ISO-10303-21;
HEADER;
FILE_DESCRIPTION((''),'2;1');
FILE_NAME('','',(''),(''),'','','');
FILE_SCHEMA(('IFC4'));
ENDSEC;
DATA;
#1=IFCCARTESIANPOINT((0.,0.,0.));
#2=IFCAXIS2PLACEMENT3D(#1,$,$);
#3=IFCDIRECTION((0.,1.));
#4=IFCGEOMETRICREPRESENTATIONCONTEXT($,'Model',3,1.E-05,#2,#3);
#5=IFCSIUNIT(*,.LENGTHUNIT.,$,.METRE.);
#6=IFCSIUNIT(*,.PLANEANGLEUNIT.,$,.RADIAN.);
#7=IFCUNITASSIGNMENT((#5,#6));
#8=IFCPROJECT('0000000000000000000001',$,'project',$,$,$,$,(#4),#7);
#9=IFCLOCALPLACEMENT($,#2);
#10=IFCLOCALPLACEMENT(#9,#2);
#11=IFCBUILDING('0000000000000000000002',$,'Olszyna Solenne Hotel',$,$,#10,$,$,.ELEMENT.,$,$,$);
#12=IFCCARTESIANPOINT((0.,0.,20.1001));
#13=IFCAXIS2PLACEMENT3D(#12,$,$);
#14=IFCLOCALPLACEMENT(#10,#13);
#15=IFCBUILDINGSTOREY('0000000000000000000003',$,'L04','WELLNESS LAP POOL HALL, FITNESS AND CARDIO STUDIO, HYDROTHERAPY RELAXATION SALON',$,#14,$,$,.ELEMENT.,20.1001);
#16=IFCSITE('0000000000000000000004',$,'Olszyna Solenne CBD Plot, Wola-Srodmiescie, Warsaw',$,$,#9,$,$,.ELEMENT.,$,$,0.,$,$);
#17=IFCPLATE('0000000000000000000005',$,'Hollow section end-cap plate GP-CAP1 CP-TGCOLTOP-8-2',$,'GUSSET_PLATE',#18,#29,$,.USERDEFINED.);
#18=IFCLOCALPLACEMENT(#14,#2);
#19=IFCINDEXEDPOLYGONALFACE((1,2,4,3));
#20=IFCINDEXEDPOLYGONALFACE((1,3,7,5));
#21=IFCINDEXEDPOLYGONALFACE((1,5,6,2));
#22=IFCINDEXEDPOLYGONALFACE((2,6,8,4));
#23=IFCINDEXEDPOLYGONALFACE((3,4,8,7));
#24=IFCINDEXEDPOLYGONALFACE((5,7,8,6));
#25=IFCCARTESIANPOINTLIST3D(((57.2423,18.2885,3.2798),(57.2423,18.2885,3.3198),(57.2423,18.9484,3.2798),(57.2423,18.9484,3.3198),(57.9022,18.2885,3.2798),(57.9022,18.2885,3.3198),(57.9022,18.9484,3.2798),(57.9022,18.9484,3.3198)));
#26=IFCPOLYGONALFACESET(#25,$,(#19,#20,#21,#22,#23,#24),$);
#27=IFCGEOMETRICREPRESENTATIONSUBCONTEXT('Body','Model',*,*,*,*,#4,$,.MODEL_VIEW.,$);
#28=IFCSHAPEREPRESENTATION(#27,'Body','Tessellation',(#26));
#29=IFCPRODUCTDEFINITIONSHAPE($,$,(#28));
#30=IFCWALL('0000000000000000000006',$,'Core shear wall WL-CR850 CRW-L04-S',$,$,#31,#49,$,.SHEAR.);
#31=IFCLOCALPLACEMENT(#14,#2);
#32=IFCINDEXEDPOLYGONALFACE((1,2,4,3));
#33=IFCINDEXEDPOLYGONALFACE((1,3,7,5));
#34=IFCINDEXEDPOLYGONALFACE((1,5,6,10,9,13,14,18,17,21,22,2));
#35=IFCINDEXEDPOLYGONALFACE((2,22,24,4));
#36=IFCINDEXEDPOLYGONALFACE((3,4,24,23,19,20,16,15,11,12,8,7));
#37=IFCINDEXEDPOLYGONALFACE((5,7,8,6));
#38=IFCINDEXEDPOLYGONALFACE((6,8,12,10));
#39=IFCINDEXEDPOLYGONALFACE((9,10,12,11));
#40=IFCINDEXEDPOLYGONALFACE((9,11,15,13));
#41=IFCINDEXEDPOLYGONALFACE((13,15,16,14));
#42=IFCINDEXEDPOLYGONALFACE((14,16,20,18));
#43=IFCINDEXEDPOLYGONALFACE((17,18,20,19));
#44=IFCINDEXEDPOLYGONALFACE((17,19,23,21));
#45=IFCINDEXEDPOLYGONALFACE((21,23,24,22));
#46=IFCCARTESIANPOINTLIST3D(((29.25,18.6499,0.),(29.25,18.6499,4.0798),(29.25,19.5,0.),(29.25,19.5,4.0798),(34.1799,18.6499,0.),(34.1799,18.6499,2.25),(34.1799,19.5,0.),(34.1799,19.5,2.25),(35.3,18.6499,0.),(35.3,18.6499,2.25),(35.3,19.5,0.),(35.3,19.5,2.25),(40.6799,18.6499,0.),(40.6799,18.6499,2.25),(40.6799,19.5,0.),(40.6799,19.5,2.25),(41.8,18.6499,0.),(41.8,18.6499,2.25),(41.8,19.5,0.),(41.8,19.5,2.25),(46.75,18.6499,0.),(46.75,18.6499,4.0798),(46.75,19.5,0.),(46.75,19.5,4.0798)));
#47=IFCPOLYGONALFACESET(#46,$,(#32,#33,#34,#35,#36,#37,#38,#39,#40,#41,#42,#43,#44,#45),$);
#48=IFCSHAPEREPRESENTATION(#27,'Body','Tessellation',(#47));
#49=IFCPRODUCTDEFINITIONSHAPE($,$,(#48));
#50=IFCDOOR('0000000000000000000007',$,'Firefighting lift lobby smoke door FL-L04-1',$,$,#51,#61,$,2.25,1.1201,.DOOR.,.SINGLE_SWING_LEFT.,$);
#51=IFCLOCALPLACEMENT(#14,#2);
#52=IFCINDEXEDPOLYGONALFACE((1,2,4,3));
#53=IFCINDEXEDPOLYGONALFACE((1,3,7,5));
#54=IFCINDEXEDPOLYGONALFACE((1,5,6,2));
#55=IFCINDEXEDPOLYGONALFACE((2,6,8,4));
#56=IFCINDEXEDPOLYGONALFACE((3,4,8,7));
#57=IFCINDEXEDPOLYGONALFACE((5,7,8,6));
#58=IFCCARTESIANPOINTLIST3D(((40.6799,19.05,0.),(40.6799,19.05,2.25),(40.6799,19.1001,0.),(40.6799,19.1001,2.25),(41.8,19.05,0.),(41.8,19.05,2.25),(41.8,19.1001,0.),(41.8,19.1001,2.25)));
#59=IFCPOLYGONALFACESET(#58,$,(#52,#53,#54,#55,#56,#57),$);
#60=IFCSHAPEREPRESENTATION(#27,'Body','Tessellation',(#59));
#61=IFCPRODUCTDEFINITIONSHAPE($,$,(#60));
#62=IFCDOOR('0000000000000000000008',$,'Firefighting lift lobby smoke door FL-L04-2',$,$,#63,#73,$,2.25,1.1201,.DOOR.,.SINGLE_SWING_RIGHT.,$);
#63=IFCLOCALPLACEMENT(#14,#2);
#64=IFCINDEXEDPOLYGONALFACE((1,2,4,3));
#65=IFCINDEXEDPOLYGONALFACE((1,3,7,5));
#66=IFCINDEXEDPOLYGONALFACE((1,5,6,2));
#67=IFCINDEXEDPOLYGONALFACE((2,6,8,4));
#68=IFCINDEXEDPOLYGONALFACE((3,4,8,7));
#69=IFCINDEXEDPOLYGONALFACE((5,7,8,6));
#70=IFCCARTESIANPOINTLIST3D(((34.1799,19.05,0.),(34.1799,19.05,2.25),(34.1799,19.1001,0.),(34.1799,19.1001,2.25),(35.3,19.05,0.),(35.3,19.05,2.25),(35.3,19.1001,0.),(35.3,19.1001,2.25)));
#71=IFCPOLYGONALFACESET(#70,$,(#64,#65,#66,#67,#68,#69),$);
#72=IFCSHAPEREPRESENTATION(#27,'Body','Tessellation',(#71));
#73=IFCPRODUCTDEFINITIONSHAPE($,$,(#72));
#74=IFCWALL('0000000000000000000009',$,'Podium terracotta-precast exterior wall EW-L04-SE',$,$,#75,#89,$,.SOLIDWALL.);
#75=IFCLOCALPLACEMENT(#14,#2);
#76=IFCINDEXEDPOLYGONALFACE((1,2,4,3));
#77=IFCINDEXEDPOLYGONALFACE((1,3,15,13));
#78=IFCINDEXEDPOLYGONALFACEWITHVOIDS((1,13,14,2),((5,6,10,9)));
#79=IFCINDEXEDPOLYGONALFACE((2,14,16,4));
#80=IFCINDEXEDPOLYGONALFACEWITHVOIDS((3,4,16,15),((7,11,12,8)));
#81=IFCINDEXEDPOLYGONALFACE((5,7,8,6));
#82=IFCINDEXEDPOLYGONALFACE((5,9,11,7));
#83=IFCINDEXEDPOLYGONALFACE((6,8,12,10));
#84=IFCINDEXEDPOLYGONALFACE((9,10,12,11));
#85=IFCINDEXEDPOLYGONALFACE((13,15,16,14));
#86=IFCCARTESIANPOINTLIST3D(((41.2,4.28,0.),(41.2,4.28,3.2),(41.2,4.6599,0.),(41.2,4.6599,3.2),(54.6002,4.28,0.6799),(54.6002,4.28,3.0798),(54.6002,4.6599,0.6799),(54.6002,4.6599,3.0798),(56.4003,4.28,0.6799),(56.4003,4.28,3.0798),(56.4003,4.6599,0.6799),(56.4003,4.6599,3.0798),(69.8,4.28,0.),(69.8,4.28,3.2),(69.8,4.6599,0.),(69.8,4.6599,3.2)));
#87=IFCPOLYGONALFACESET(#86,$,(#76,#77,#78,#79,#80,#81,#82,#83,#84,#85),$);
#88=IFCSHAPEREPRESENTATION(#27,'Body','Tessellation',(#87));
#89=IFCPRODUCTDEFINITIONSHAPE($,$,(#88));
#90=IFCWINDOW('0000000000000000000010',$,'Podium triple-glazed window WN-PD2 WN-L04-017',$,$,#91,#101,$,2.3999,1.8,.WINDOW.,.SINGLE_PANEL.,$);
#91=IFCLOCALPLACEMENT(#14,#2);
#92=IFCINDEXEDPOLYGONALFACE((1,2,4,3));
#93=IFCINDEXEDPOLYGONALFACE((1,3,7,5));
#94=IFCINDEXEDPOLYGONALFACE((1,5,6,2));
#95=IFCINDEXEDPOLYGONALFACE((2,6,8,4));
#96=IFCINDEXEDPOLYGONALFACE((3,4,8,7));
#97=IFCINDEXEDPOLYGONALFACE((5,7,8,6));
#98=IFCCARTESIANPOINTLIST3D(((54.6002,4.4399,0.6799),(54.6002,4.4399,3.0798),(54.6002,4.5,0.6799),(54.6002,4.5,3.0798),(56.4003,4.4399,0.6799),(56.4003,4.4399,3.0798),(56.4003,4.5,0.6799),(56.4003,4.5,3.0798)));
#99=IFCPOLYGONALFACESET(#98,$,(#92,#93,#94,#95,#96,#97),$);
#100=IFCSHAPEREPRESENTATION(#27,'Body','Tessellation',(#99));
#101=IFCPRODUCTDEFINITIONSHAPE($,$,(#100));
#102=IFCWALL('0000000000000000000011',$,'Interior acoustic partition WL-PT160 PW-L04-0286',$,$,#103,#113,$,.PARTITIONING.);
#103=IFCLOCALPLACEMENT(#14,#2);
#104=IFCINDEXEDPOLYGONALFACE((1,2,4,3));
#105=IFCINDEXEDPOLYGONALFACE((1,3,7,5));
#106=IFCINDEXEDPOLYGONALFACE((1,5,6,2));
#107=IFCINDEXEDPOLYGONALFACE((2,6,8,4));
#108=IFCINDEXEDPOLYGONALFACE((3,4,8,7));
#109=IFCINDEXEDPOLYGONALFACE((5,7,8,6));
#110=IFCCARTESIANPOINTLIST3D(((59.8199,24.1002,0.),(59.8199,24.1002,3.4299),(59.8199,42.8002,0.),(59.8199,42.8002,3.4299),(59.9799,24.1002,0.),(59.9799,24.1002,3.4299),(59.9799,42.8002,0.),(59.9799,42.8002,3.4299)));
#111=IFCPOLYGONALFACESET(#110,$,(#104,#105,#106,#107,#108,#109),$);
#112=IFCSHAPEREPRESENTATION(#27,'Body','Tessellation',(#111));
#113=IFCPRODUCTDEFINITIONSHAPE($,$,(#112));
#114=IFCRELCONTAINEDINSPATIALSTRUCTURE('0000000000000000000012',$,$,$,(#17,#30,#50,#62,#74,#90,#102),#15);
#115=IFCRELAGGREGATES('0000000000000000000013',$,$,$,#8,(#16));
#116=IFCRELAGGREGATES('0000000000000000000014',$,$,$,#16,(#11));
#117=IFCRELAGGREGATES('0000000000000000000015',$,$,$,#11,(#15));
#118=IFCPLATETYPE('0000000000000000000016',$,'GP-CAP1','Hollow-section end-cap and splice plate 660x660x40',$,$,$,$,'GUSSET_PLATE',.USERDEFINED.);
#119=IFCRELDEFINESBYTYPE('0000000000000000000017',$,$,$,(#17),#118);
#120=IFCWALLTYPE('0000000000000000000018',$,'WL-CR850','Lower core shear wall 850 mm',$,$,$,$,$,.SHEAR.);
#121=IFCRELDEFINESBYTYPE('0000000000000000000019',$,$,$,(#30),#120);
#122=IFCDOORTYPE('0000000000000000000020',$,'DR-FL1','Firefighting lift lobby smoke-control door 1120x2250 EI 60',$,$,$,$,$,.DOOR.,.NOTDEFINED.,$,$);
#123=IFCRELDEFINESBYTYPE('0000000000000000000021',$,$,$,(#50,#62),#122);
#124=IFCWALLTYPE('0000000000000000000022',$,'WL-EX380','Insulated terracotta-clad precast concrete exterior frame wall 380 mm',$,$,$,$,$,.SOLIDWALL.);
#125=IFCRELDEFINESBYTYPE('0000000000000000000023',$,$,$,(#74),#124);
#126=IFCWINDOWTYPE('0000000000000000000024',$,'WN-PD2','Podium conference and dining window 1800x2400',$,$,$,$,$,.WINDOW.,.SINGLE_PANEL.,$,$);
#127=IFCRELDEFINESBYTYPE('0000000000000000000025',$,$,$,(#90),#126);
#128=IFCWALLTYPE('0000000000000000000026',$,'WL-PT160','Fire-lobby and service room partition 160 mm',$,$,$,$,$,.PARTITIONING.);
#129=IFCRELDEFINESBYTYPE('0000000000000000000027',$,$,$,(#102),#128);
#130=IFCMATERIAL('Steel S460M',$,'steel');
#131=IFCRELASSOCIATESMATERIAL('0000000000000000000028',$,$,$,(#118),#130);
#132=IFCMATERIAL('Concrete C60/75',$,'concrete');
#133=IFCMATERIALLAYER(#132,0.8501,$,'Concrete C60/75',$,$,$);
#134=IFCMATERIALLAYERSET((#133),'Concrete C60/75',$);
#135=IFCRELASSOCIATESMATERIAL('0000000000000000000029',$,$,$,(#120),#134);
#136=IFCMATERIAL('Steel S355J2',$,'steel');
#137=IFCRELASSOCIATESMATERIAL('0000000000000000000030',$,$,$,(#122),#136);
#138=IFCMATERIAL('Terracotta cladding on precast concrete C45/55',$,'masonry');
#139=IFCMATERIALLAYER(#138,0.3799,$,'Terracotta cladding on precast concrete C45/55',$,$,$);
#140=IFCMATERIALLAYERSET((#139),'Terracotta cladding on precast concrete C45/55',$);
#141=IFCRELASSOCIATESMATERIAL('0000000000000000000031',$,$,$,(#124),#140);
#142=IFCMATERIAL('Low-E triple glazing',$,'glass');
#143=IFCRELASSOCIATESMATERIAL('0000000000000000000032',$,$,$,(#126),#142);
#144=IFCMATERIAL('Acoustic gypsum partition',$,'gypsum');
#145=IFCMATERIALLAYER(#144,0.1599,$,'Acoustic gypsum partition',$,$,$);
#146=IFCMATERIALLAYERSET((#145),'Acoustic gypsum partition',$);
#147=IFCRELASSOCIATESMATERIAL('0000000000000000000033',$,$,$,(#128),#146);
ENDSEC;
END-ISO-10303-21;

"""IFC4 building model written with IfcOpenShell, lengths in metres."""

from ifc_helpers import new_model, si_unit, direction, frame, frame_2d, origin, origin_2d, place, context, subcontext, project, spatial, rectangle, extrude, source, transform, mapped, material, layer, layer_set, type_object, type_shapes, element, fill, save


model = new_model("IFC4")

# Units and contexts
model_context = context("Model", 3, precision=1e-05, world=origin(), true_north=direction((0.0, 1.0)))
body_context = subcontext(model_context, "Body", "Model", "MODEL_VIEW")
ifc_project = project(units=[si_unit("LENGTHUNIT", "METRE"), si_unit("PLANEANGLEUNIT", "RADIAN")], contexts=[model_context])

# Site, building, storey
site_placement = place(None, origin())
site = spatial("IfcSite", under=ifc_project, at=site_placement, Name="Olszyna Solenne CBD Plot, Wola-Srodmiescie, Warsaw", CompositionType="ELEMENT", RefElevation=0.0)
building_placement = place(site_placement, origin())
building = spatial("IfcBuilding", under=site, at=building_placement, Name="Olszyna Solenne Hotel", CompositionType="ELEMENT")
storey_placement = place(building_placement, frame((0.0, 0.0, 20.1001)))
storey = spatial("IfcBuildingStorey", under=building, at=storey_placement, Name="L04", Description="WELLNESS LAP POOL HALL, FITNESS AND CARDIO STUDIO, HYDROTHERAPY RELAXATION SALON", CompositionType="ELEMENT", Elevation=20.1001)

# Shared definitions
ifc_material_1 = material(Name="Concrete C60/75", Category="concrete")
ifc_material_2 = material(Name="Steel S460M", Category="steel")

# Shared definitions
ifc_material_3 = material(Name="Steel S355J2", Category="steel")

# Plate
plate_type = type_object("IfcPlateType", Name="GP-CAP1", Description="Hollow-section end-cap and splice plate 660x660x40", ElementType="GUSSET_PLATE", PredefinedType="USERDEFINED", material=ifc_material_2)
shared_shape_1 = source(origin(), body_context, "Body", "SweptSolid", [
    extrude(rectangle(XDim=0.6599, YDim=0.6599, at=origin_2d()), origin(), (0.0, 0.0, 1.0), 0.04),
])
for number, where, z_axis, x_axis, name in (
    (1, (57.5723, 18.6184, 3.2798), (0.0, 0.0, 1.0), (1.0, 0.0, 0.0), "Hollow section end-cap plate GP-CAP1 CP-TGCOLTOP-8-2"),
):
    element("IfcPlate", number, at=place(storey_placement, frame(where, z_axis=z_axis, x_axis=x_axis)), inside=storey, type_object=plate_type, Name=name, ObjectType="GUSSET_PLATE", PredefinedType="USERDEFINED", context=body_context, shape_type="MappedRepresentation", body=[
        mapped(shared_shape_1, transform((0.0, 0.0, 0.0), x_axis=(1.0, 0.0, 0.0), y_axis=(0.0, 1.0, 0.0), z_axis=(0.0, 0.0, 1.0), scale=1.0)),
    ])

# Wall, openings, doors
ifc_layer_1 = layer(ifc_material_1, 0.8501, Name="Concrete C60/75")
ifc_layer_set_1 = layer_set([ifc_layer_1], Name="Concrete C60/75")
wall_type_1 = type_object("IfcWallType", Name="WL-CR850", Description="Lower core shear wall 850 mm", PredefinedType="SHEAR", material=ifc_layer_set_1)
wall_1_placement = place(storey_placement, frame((46.75, 19.075, 0.0), z_axis=(0.0, 0.0, 1.0), x_axis=(-1.0, 0.0, 0.0)))
wall_1 = element("IfcWall", 2, at=wall_1_placement, inside=storey, type_object=wall_type_1, Name="Core shear wall WL-CR850 CRW-L04-S", PredefinedType="SHEAR", context=body_context, shape_type="SweptSolid", body=[
    extrude(rectangle(XDim=17.5, YDim=0.8501, at=frame_2d((8.75, 0.0))), origin(), (0.0, 0.0, 1.0), 4.0798),
])
opening_1_placement = place(wall_1_placement, frame((4.95, 0.0, 0.0)))
opening_1 = element("IfcOpeningElement", 3, at=opening_1_placement, cuts=wall_1, PredefinedType="OPENING", context=body_context, shape_type="SweptSolid", body=[
    extrude(rectangle(XDim=1.1201, YDim=2.25, at=frame_2d((0.5601, 1.125))), frame((0.0, 0.4351, 0.0), z_axis=(0.0, -1.0, 0.0), x_axis=(1.0, 0.0, 0.0)), (0.0, 0.0, 1.0), 0.8701),
])
opening_2_placement = place(wall_1_placement, frame((11.45, 0.0, 0.0)))
opening_2 = element("IfcOpeningElement", 4, at=opening_2_placement, cuts=wall_1, PredefinedType="OPENING", context=body_context, shape_type="SweptSolid", body=[
    extrude(rectangle(XDim=1.1201, YDim=2.25, at=frame_2d((0.5601, 1.125))), frame((0.0, 0.4351, 0.0), z_axis=(0.0, -1.0, 0.0), x_axis=(1.0, 0.0, 0.0)), (0.0, 0.0, 1.0), 0.8701),
])
door_type_1 = type_object("IfcDoorType", Name="DR-FL1", Description="Firefighting lift lobby smoke-control door 1120x2250 EI 60", OperationType="NOTDEFINED", PredefinedType="DOOR", material=ifc_material_3)
shared_shape_2 = source(origin(), body_context, "Body", "SweptSolid", [
    extrude(rectangle(XDim=1.1201, YDim=2.25, at=frame_2d((0.5601, 1.125))), frame((0.0, 0.0249, 0.0), z_axis=(0.0, -1.0, 0.0), x_axis=(1.0, 0.0, 0.0)), (0.0, 0.0, 1.0), 0.05),
])
type_shapes(door_type_1, [shared_shape_2])
door_1_placement = place(opening_1_placement, origin())
door_1 = element("IfcDoor", 5, at=door_1_placement, inside=storey, type_object=door_type_1, Name="Firefighting lift lobby smoke door FL-L04-1", OperationType="SINGLE_SWING_LEFT", OverallHeight=2.25, OverallWidth=1.1201, PredefinedType="DOOR", context=body_context, shape_type="MappedRepresentation", body=[
    mapped(shared_shape_2, transform((0.0, 0.0, 0.0), x_axis=(1.0, 0.0, 0.0), y_axis=(0.0, 1.0, 0.0), z_axis=(0.0, 0.0, 1.0), scale=1.0)),
])
fill(opening_1, door_1)
door_2_placement = place(opening_2_placement, origin())
door_2 = element("IfcDoor", 6, at=door_2_placement, inside=storey, type_object=door_type_1, Name="Firefighting lift lobby smoke door FL-L04-2", OperationType="SINGLE_SWING_RIGHT", OverallHeight=2.25, OverallWidth=1.1201, PredefinedType="DOOR", context=body_context, shape_type="MappedRepresentation", body=[
    mapped(shared_shape_2, transform((0.0, 0.0, 0.0), x_axis=(1.0, 0.0, 0.0), y_axis=(0.0, 1.0, 0.0), z_axis=(0.0, 0.0, 1.0), scale=1.0)),
])
fill(opening_2, door_2)

# Wall, opening, window
ifc_material_4 = material(Name="Terracotta cladding on precast concrete C45/55", Category="masonry")
ifc_layer_2 = layer(ifc_material_4, 0.3799, Name="Terracotta cladding on precast concrete C45/55")
ifc_layer_set_2 = layer_set([ifc_layer_2], Name="Terracotta cladding on precast concrete C45/55")
wall_type_2 = type_object("IfcWallType", Name="WL-EX380", Description="Insulated terracotta-clad precast concrete exterior frame wall 380 mm", PredefinedType="SOLIDWALL", material=ifc_layer_set_2)
wall_2_placement = place(storey_placement, frame((69.8, 4.47, 0.0), z_axis=(0.0, 0.0, 1.0), x_axis=(-1.0, 0.0, 0.0)))
wall_2 = element("IfcWall", 7, at=wall_2_placement, inside=storey, type_object=wall_type_2, Name="Podium terracotta-precast exterior wall EW-L04-SE", PredefinedType="SOLIDWALL", context=body_context, shape_type="SweptSolid", body=[
    extrude(rectangle(XDim=28.6001, YDim=0.3799, at=frame_2d((14.3, 0.0))), origin(), (0.0, 0.0, 1.0), 3.2),
])
opening_3_placement = place(wall_2_placement, frame((13.3999, 0.0, 0.6799)))
opening_3 = element("IfcOpeningElement", 8, at=opening_3_placement, cuts=wall_2, PredefinedType="OPENING", context=body_context, shape_type="SweptSolid", body=[
    extrude(rectangle(XDim=1.8, YDim=2.3999, at=frame_2d((0.8999, 1.2))), frame((0.0, 0.2, 0.0), z_axis=(0.0, -1.0, 0.0), x_axis=(1.0, 0.0, 0.0)), (0.0, 0.0, 1.0), 0.3999),
])
ifc_material_5 = material(Name="Low-E triple glazing", Category="glass")
window_type = type_object("IfcWindowType", Name="WN-PD2", Description="Podium conference and dining window 1800x2400", PartitioningType="SINGLE_PANEL", PredefinedType="WINDOW", material=ifc_material_5)
shared_shape_3 = source(origin(), body_context, "Body", "SweptSolid", [
    extrude(rectangle(XDim=1.8, YDim=2.3999, at=frame_2d((0.8999, 1.2))), frame((0.0, 0.03, 0.0), z_axis=(0.0, -1.0, 0.0), x_axis=(1.0, 0.0, 0.0)), (0.0, 0.0, 1.0), 0.0601),
])
type_shapes(window_type, [shared_shape_3])
window_placement = place(opening_3_placement, origin())
window = element("IfcWindow", 9, at=window_placement, inside=storey, type_object=window_type, Name="Podium triple-glazed window WN-PD2 WN-L04-017", OverallHeight=2.3999, OverallWidth=1.8, PartitioningType="SINGLE_PANEL", PredefinedType="WINDOW", context=body_context, shape_type="MappedRepresentation", body=[
    mapped(shared_shape_3, transform((0.0, 0.0, 0.0), x_axis=(1.0, 0.0, 0.0), y_axis=(0.0, 1.0, 0.0), z_axis=(0.0, 0.0, 1.0), scale=1.0)),
])
fill(opening_3, window)

# Wall
ifc_material_6 = material(Name="Acoustic gypsum partition", Category="gypsum")
ifc_layer_3 = layer(ifc_material_6, 0.1599, Name="Acoustic gypsum partition")
ifc_layer_set_3 = layer_set([ifc_layer_3], Name="Acoustic gypsum partition")
wall_type_3 = type_object("IfcWallType", Name="WL-PT160", Description="Fire-lobby and service room partition 160 mm", PredefinedType="PARTITIONING", material=ifc_layer_set_3)
wall_3_placement = place(storey_placement, frame((59.8999, 24.1001, 0.0), z_axis=(0.0, 0.0, 1.0), x_axis=(0.0, 1.0, 0.0)))
element("IfcWall", 10, at=wall_3_placement, inside=storey, type_object=wall_type_3, Name="Interior acoustic partition WL-PT160 PW-L04-0286", PredefinedType="PARTITIONING", context=body_context, shape_type="SweptSolid", body=[
    extrude(rectangle(XDim=18.7, YDim=0.1599, at=frame_2d((9.3501, 0.0))), origin(), (0.0, 0.0, 1.0), 3.4299),
])

save(model, "model.ifc")
